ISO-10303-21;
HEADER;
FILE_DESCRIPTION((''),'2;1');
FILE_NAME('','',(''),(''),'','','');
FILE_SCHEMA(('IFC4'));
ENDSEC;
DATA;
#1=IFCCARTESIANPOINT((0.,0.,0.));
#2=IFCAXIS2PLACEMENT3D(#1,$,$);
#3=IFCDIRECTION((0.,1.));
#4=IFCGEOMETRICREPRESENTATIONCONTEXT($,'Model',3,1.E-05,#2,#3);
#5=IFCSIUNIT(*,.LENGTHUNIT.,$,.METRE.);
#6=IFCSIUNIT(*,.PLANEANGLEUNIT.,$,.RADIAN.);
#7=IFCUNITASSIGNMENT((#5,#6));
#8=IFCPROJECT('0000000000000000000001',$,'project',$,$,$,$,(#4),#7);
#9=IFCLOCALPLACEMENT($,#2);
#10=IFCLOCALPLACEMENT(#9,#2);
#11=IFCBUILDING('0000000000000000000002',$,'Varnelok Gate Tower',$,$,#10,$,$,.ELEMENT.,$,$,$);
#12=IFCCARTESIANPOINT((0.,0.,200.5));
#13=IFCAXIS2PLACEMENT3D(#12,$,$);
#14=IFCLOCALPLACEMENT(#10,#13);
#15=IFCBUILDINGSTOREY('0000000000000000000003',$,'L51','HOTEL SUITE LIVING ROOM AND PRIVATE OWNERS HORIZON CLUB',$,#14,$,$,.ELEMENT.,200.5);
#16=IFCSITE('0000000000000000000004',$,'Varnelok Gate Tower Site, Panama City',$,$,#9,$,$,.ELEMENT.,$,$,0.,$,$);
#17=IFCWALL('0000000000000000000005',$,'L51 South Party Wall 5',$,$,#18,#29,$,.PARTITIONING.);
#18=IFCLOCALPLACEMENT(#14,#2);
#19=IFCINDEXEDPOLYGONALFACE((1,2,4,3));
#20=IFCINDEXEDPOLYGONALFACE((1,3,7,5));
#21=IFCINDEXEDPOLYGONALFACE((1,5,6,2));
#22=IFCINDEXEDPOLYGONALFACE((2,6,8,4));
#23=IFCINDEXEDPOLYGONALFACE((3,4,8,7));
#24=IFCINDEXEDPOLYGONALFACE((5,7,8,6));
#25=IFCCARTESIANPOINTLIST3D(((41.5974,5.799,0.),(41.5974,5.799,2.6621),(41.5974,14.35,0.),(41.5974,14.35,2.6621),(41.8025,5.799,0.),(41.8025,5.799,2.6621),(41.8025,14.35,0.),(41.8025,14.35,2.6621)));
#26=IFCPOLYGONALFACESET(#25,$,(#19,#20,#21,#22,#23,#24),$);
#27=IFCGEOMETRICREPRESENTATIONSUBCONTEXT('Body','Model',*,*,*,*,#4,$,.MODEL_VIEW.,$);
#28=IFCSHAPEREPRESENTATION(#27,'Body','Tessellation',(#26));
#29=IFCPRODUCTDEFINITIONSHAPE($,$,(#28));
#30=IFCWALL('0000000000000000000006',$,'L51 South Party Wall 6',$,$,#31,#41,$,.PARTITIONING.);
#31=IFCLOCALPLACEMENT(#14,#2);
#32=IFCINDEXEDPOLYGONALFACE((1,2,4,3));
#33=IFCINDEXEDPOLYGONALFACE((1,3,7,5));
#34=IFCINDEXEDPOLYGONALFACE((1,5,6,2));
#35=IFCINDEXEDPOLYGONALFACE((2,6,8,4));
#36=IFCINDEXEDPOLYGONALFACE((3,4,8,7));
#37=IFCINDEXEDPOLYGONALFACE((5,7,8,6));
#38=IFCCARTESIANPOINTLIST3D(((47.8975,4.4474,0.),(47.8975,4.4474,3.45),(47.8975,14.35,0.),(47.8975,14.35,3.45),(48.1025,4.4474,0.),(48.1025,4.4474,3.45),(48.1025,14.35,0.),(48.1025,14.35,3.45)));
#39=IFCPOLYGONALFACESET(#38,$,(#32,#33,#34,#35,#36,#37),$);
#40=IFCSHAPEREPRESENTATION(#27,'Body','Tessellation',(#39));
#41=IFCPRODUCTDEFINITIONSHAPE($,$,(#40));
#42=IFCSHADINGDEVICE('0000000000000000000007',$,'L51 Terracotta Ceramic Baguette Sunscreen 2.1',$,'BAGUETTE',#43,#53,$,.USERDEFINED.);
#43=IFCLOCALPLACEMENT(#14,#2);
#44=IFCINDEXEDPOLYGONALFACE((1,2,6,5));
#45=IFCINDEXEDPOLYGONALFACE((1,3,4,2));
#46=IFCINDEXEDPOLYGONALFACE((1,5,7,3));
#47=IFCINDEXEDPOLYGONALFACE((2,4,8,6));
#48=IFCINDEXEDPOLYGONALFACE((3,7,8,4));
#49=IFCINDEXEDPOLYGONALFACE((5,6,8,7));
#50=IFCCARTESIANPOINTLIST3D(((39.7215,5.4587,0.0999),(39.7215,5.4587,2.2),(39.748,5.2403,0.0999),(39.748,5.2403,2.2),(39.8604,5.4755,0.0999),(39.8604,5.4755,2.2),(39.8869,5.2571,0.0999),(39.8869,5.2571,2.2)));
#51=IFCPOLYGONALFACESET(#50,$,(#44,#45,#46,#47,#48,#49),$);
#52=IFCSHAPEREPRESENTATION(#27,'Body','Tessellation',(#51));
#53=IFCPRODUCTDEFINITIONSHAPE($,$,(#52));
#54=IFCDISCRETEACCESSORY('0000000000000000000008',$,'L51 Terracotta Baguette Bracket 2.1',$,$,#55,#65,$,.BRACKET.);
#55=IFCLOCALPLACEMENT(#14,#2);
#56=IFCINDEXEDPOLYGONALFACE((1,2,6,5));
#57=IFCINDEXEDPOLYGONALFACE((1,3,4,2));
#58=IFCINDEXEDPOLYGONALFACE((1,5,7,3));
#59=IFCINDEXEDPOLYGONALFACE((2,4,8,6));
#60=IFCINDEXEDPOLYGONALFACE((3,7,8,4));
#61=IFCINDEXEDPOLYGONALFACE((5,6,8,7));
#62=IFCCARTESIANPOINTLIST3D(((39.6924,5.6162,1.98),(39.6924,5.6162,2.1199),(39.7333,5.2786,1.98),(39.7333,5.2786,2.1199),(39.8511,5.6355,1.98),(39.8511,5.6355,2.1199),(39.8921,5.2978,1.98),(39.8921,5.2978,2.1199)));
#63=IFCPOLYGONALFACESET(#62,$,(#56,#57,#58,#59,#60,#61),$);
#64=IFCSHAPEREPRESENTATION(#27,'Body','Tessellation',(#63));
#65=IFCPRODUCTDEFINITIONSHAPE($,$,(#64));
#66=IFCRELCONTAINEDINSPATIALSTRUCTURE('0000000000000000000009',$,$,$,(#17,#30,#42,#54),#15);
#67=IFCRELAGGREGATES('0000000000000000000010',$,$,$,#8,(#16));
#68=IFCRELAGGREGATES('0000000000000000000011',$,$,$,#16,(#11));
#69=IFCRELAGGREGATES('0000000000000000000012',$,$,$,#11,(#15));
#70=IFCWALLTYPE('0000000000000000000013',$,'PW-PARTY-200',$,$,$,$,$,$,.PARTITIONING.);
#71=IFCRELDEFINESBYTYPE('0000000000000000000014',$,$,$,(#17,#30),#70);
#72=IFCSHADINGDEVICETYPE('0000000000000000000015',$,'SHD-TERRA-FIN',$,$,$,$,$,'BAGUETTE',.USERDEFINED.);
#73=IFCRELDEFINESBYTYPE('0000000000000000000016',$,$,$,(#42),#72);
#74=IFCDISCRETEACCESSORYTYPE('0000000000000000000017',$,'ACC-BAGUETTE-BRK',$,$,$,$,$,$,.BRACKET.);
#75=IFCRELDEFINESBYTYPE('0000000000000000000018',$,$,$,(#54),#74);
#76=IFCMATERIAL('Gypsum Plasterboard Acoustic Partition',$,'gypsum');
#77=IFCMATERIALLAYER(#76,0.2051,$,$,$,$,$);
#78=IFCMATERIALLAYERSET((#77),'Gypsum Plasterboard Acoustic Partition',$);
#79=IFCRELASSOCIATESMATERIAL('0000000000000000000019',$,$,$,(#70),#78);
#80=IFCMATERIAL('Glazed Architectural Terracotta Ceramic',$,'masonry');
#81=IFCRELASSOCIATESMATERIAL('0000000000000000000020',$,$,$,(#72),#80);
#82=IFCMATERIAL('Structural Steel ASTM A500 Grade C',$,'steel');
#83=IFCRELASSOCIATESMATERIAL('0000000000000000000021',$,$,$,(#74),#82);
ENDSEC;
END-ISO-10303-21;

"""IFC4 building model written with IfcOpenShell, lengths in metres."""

from ifc_helpers import new_model, si_unit, direction, frame, frame_2d, origin, origin_2d, place, context, subcontext, project, spatial, rectangle, extrude, source, transform, mapped, material, layer, layer_set, type_object, element, save


model = new_model("IFC4")

# Units and contexts
model_context = context("Model", 3, precision=1e-05, world=origin(), true_north=direction((0.0, 1.0)))
body_context = subcontext(model_context, "Body", "Model", "MODEL_VIEW")
ifc_project = project(units=[si_unit("LENGTHUNIT", "METRE"), si_unit("PLANEANGLEUNIT", "RADIAN")], contexts=[model_context])

# Site, building, storey
site_placement = place(None, origin())
site = spatial("IfcSite", under=ifc_project, at=site_placement, Name="Varnelok Gate Tower Site, Panama City", CompositionType="ELEMENT", RefElevation=0.0)
building_placement = place(site_placement, origin())
building = spatial("IfcBuilding", under=site, at=building_placement, Name="Varnelok Gate Tower", CompositionType="ELEMENT")
storey_placement = place(building_placement, frame((0.0, 0.0, 200.5)))
storey = spatial("IfcBuildingStorey", under=building, at=storey_placement, Name="L51", Description="HOTEL SUITE LIVING ROOM AND PRIVATE OWNERS HORIZON CLUB", CompositionType="ELEMENT", Elevation=200.5)

# Shared definitions
ifc_material_1 = material(Name="Gypsum Plasterboard Acoustic Partition", Category="gypsum")

# Walls
ifc_layer_1 = layer(ifc_material_1, 0.2051)
ifc_layer_set_1 = layer_set([ifc_layer_1], Name="Gypsum Plasterboard Acoustic Partition")
wall_type_1 = type_object("IfcWallType", Name="PW-PARTY-200", PredefinedType="PARTITIONING", material=ifc_layer_set_1)
wall_1_placement = place(storey_placement, frame((41.7, 5.7991, 0.0), z_axis=(0.0, 0.0, 1.0), x_axis=(0.0, 1.0, 0.0)))
element("IfcWall", 1, at=wall_1_placement, inside=storey, type_object=wall_type_1, Name="L51 South Party Wall 5", PredefinedType="PARTITIONING", context=body_context, shape_type="SweptSolid", body=[
    extrude(rectangle(XDim=8.551, YDim=0.2051, at=frame_2d((4.2754, 0.0))), origin(), (0.0, 0.0, 1.0), 2.6621),
])
wall_2_placement = place(storey_placement, frame((48.0, 4.4475, 0.0), z_axis=(0.0, 0.0, 1.0), x_axis=(0.0, 1.0, 0.0)))
element("IfcWall", 2, at=wall_2_placement, inside=storey, type_object=wall_type_1, Name="L51 South Party Wall 6", PredefinedType="PARTITIONING", context=body_context, shape_type="SweptSolid", body=[
    extrude(rectangle(XDim=9.9026, YDim=0.2051, at=frame_2d((4.9512, 0.0))), origin(), (0.0, 0.0, 1.0), 3.45),
])

# Shading device
ifc_material_2 = material(Name="Glazed Architectural Terracotta Ceramic", Category="masonry")
shading_device_type = type_object("IfcShadingDeviceType", Name="SHD-TERRA-FIN", ElementType="BAGUETTE", PredefinedType="USERDEFINED", material=ifc_material_2)
shared_shape_1 = source(origin(), body_context, "Body", "SweptSolid", [
    extrude(rectangle(XDim=0.1399, YDim=0.22, at=origin_2d()), origin(), (0.0, 0.0, 1.0), 2.1001),
])
shading_device_placement = place(storey_placement, frame((39.8042, 5.3579, 0.0999), z_axis=(0.0, 0.0, 1.0), x_axis=(0.992732, 0.120345, 0.0)))
element("IfcShadingDevice", 3, at=shading_device_placement, inside=storey, type_object=shading_device_type, Name="L51 Terracotta Ceramic Baguette Sunscreen 2.1", ObjectType="BAGUETTE", PredefinedType="USERDEFINED", context=body_context, shape_type="MappedRepresentation", body=[
    mapped(shared_shape_1, transform((0.0, 0.0, 0.0), scale=1.0)),
])

# Discrete accessory
ifc_material_3 = material(Name="Structural Steel ASTM A500 Grade C", Category="steel")
discrete_accessory_type = type_object("IfcDiscreteAccessoryType", Name="ACC-BAGUETTE-BRK", PredefinedType="BRACKET", material=ifc_material_3)
shared_shape_2 = source(origin(), body_context, "Body", "SweptSolid", [
    extrude(rectangle(XDim=0.1599, YDim=0.3401, at=origin_2d()), origin(), (0.0, 0.0, 1.0), 0.1399),
])
discrete_accessory_placement = place(storey_placement, frame((39.7922, 5.457, 1.98), z_axis=(0.0, 0.0, 1.0), x_axis=(0.992732, 0.120345, 0.0)))
element("IfcDiscreteAccessory", 4, at=discrete_accessory_placement, inside=storey, type_object=discrete_accessory_type, Name="L51 Terracotta Baguette Bracket 2.1", PredefinedType="BRACKET", context=body_context, shape_type="MappedRepresentation", body=[
    mapped(shared_shape_2, transform((0.0, 0.0, 0.0), scale=1.0)),
])

save(model, "model.ifc")
